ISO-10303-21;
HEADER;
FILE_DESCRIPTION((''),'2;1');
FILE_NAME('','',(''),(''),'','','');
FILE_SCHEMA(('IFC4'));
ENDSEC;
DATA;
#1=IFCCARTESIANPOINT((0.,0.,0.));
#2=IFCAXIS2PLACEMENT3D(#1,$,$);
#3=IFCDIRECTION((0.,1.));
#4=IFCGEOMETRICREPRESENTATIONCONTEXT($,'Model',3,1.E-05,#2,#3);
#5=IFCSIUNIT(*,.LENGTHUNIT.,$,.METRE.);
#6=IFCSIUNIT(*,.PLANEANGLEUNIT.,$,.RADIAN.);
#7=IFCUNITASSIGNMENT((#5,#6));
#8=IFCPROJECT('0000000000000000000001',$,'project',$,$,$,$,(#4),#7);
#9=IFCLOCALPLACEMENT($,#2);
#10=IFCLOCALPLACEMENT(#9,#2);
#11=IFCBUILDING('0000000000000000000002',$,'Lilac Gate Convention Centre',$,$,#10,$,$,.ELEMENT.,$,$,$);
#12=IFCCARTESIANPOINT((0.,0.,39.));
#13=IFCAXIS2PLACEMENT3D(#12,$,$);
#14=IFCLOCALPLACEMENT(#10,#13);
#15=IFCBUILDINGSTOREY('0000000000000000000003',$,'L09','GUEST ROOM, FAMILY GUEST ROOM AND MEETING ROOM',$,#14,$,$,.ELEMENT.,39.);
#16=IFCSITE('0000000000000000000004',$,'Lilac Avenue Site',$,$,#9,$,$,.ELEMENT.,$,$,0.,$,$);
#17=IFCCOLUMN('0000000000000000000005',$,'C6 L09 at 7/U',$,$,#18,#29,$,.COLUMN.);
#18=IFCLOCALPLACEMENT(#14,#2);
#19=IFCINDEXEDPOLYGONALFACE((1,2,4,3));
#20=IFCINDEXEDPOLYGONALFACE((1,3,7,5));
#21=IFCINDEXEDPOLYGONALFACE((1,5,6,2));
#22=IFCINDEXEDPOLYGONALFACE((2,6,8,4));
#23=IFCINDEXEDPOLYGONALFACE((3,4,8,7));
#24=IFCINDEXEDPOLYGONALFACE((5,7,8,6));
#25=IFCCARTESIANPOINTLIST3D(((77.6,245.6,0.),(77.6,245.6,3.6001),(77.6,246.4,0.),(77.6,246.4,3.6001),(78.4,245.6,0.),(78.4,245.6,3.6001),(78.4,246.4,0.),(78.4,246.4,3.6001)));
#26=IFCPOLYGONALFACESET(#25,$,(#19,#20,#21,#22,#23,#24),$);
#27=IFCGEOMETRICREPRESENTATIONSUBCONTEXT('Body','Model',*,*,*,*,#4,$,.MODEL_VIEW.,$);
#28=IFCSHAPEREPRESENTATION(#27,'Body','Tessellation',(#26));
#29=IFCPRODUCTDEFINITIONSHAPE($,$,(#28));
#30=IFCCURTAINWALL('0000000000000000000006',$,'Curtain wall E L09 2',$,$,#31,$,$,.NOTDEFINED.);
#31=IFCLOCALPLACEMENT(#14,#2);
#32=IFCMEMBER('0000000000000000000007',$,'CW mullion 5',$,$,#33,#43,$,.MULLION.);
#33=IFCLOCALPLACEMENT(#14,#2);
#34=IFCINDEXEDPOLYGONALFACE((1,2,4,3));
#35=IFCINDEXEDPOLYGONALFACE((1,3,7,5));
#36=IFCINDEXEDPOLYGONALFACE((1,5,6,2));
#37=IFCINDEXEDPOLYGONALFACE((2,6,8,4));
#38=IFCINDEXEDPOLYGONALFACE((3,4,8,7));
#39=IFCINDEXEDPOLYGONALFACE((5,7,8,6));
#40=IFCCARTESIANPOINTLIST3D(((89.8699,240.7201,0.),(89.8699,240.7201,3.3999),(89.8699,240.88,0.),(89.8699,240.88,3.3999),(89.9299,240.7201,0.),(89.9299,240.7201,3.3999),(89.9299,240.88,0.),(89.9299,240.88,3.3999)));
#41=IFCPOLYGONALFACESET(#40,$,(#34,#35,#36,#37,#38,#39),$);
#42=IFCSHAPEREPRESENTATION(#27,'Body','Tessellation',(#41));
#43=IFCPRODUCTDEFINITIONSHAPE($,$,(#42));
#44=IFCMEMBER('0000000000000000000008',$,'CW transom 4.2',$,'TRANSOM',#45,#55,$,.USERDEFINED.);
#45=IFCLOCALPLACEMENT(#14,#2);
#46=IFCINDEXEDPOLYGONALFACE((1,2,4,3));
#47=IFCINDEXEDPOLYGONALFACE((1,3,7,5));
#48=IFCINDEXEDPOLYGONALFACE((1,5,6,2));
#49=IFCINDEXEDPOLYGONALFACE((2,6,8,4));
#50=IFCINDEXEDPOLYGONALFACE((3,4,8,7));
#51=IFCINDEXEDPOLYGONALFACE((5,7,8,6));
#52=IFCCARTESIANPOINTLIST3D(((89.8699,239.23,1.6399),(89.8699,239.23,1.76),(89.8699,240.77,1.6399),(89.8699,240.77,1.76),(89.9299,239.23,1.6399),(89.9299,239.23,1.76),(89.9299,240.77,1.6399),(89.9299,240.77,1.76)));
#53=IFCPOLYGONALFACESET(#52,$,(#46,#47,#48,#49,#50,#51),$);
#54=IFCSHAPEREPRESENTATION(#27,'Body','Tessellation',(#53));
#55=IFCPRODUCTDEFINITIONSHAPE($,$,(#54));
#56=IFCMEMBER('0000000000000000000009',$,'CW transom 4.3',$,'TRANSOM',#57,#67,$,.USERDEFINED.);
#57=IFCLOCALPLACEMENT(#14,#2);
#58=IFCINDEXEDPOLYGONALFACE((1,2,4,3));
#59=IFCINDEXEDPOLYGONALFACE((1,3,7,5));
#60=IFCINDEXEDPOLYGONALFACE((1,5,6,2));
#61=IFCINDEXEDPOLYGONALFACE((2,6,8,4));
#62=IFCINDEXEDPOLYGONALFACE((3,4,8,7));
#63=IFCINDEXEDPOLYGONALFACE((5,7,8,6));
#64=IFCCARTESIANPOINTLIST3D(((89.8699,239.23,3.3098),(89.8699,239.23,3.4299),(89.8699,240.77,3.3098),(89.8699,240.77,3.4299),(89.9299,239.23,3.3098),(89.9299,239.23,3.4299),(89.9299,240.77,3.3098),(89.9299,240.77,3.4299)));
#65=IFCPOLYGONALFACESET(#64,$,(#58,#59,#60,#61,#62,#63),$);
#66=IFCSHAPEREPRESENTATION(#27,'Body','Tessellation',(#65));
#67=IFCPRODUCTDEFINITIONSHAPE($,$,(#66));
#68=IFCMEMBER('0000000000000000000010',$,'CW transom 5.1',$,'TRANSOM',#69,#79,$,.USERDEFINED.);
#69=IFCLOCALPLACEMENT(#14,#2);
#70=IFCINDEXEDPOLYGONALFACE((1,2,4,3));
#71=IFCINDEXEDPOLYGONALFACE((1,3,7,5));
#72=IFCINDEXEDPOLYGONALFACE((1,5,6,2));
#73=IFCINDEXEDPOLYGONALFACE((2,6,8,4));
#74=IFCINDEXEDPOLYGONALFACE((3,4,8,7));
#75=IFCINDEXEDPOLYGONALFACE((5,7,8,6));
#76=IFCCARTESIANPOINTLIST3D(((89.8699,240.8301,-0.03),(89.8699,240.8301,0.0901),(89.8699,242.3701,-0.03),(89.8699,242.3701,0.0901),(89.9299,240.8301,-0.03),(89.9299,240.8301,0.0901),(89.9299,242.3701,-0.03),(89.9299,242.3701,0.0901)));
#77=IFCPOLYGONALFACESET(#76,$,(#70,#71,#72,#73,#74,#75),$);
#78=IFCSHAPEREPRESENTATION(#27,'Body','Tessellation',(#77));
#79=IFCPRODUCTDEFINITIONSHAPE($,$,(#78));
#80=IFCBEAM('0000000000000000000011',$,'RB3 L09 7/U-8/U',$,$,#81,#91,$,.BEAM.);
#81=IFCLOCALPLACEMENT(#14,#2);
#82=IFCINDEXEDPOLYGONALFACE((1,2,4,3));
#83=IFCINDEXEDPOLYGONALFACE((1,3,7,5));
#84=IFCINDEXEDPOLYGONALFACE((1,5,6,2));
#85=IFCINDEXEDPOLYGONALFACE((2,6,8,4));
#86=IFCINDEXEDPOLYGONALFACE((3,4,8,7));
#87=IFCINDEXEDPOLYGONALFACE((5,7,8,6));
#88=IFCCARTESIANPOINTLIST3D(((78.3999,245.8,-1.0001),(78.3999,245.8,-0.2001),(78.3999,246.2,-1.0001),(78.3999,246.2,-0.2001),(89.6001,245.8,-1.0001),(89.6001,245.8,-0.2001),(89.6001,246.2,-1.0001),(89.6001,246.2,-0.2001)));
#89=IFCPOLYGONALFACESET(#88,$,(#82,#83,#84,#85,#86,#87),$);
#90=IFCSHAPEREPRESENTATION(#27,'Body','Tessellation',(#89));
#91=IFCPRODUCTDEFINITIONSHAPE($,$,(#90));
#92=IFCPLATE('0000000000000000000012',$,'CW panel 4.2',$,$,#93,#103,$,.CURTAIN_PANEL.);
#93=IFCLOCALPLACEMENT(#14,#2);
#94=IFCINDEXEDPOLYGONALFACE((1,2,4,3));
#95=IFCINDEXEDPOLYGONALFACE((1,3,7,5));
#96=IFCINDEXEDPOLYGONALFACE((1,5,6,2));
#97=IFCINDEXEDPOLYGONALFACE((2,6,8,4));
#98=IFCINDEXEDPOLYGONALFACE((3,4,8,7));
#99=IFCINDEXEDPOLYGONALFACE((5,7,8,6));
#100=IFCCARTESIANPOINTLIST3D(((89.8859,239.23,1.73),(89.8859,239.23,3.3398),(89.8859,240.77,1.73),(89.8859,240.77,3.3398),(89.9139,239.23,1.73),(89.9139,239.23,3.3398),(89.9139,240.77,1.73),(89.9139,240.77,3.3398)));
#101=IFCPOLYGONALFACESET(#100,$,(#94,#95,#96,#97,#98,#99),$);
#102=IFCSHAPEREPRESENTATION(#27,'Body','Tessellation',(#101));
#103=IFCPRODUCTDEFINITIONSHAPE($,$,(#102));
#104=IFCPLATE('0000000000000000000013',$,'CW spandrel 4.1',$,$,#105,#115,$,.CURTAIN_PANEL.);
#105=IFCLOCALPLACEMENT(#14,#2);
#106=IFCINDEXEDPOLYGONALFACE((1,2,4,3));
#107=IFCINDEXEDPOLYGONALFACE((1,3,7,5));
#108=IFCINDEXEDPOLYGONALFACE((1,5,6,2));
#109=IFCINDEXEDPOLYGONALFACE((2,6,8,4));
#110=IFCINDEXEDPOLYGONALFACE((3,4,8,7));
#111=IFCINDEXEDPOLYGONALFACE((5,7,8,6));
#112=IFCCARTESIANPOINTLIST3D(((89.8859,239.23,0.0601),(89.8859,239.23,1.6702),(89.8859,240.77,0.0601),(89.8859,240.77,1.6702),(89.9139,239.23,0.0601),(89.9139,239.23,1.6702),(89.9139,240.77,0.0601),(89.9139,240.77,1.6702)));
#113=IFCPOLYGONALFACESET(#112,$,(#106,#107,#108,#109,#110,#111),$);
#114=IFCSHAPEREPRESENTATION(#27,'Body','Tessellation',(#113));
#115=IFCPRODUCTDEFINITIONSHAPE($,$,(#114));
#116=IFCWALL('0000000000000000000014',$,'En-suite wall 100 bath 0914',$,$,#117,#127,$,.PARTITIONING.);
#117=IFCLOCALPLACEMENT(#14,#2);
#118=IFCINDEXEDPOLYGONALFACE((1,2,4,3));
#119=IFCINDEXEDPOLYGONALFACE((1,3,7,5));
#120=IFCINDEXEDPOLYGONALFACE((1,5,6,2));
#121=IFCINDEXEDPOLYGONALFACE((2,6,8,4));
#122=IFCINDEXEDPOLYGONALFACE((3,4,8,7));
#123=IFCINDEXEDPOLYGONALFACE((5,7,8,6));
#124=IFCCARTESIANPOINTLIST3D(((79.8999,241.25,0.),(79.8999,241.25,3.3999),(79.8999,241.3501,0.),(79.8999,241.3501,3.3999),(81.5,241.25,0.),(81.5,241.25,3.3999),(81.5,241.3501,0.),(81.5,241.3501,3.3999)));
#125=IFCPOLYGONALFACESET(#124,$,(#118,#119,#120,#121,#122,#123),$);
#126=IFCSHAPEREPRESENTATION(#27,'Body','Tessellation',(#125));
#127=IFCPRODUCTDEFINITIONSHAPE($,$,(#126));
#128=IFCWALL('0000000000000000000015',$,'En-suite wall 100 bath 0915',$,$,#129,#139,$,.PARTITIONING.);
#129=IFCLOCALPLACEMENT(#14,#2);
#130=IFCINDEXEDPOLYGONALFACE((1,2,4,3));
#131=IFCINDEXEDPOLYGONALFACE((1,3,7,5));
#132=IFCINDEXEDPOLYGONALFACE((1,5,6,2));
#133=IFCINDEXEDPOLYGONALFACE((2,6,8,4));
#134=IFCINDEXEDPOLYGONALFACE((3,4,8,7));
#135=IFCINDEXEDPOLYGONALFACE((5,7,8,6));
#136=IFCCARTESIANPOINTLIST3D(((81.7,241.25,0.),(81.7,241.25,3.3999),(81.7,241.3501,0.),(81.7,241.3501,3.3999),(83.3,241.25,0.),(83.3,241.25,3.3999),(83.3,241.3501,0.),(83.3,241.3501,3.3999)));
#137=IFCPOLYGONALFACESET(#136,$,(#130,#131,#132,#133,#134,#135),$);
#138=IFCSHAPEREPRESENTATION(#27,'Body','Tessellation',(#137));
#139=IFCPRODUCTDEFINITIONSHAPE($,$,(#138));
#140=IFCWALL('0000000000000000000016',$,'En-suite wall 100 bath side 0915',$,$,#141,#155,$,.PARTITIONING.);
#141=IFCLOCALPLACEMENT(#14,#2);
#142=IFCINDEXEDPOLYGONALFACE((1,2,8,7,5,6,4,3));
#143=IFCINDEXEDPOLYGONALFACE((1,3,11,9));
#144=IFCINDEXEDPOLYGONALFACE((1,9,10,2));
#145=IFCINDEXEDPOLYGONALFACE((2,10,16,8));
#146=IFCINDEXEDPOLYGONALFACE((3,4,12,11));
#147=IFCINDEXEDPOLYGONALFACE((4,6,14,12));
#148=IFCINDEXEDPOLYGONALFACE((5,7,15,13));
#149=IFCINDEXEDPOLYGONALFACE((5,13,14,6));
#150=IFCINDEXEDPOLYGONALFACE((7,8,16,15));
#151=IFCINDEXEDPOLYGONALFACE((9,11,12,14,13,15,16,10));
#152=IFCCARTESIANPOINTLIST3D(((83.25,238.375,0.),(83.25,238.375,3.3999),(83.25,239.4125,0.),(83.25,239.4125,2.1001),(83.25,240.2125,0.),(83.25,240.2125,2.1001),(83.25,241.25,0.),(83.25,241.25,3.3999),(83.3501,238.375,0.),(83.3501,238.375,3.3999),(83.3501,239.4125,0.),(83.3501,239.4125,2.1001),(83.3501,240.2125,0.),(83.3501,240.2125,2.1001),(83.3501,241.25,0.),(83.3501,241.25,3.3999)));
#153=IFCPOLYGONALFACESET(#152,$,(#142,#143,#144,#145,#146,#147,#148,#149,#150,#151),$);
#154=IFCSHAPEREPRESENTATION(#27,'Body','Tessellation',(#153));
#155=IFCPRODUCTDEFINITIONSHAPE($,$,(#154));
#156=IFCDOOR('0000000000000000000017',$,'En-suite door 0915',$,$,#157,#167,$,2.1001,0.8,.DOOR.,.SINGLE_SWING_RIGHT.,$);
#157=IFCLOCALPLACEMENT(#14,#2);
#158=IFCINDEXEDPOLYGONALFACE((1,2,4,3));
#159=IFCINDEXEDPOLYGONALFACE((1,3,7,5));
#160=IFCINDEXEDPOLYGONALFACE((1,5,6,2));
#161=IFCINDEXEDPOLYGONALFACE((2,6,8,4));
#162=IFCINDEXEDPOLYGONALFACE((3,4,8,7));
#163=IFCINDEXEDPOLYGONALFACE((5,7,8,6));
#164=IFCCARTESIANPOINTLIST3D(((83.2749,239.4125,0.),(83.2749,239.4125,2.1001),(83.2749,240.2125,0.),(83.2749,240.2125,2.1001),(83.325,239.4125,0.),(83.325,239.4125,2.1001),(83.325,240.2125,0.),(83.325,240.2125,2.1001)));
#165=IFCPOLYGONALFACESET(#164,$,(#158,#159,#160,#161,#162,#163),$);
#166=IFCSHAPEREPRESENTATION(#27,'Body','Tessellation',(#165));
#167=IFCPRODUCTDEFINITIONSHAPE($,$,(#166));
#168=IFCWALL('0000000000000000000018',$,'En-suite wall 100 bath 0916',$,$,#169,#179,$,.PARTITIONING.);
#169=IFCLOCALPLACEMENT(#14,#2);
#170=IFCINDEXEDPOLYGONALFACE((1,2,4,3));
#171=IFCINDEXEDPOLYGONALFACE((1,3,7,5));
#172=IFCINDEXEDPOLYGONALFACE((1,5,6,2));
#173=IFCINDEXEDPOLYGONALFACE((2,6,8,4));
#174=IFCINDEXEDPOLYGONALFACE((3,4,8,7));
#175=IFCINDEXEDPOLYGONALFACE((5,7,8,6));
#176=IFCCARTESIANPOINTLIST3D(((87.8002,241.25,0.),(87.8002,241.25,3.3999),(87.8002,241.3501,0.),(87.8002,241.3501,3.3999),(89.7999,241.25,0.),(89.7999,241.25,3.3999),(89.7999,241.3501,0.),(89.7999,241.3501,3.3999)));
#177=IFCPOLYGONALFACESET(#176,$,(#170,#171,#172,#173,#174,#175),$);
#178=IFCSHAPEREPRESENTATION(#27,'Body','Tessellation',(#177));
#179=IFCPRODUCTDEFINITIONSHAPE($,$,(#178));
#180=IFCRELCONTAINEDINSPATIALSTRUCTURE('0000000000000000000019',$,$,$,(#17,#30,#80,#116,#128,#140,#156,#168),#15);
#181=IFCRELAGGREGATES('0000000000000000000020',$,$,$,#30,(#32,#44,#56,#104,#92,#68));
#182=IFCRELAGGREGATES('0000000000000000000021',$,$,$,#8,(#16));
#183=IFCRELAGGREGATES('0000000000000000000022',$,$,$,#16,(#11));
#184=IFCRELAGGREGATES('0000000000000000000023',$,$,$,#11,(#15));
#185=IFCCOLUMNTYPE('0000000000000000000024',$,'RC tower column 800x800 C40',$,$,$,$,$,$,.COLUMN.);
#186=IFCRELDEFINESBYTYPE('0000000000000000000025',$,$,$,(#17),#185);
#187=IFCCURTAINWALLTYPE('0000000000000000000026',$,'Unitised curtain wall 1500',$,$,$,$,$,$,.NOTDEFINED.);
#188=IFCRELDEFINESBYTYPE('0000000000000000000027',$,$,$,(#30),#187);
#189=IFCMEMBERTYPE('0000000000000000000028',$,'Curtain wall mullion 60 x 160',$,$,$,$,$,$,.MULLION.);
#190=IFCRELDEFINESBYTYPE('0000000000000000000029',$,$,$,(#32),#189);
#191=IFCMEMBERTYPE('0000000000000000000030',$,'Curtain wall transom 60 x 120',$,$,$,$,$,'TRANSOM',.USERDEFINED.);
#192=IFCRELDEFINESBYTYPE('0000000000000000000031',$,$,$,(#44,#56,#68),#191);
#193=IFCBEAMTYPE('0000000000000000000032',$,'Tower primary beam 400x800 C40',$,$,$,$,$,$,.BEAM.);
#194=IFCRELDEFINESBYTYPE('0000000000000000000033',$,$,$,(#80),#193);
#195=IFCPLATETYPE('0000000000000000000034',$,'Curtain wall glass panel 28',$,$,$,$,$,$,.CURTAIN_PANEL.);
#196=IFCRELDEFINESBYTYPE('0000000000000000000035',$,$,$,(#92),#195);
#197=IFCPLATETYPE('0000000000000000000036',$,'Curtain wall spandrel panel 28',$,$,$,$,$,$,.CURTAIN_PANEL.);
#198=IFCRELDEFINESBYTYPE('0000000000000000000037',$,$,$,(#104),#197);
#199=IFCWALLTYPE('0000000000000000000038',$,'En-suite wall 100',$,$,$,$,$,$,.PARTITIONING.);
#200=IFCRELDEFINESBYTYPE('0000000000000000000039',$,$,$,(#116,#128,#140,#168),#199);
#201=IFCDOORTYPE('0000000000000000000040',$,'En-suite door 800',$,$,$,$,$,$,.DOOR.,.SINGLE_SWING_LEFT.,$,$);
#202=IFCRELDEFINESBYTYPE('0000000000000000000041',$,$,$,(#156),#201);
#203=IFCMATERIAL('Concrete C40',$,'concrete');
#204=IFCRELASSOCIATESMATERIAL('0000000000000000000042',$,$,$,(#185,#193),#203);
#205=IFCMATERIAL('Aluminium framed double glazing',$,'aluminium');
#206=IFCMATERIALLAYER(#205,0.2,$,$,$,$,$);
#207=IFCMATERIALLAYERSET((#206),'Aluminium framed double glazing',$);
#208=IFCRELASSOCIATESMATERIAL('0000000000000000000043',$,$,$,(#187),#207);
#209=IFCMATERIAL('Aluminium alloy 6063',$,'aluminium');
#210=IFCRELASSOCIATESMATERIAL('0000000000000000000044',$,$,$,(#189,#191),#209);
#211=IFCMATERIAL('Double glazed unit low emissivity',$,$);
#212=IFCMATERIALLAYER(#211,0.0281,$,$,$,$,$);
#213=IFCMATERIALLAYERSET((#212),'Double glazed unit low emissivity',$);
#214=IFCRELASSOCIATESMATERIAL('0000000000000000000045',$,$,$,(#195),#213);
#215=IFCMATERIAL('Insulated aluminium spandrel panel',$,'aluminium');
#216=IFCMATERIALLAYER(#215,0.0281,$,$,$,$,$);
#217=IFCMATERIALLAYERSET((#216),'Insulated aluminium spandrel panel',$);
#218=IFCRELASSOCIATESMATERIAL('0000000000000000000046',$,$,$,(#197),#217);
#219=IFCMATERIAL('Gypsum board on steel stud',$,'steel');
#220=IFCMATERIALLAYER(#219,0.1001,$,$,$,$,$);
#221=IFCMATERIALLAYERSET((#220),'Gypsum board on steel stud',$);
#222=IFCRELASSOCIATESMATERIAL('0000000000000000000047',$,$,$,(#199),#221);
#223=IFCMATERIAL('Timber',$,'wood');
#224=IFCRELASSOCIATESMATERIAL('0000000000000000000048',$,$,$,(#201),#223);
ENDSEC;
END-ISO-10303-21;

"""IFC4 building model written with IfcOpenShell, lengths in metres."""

from ifc_helpers import new_model, si_unit, direction, frame, frame_2d, origin, origin_2d, place, context, subcontext, project, spatial, rectangle, extrude, material, layer, layer_set, material_profile, profile_set, type_object, element, fill, aggregate, save


model = new_model("IFC4")

# Units and contexts
model_context = context("Model", 3, precision=1e-05, world=origin(), true_north=direction((0.0, 1.0)))
body_context = subcontext(model_context, "Body", "Model", "MODEL_VIEW")
ifc_project = project(units=[si_unit("LENGTHUNIT", "METRE"), si_unit("PLANEANGLEUNIT", "RADIAN")], contexts=[model_context])

# Site, building, storey
site_placement = place(None, origin())
site = spatial("IfcSite", under=ifc_project, at=site_placement, Name="Lilac Avenue Site", CompositionType="ELEMENT", RefElevation=0.0)
building_placement = place(site_placement, origin())
building = spatial("IfcBuilding", under=site, at=building_placement, Name="Lilac Gate Convention Centre", CompositionType="ELEMENT")
storey_placement = place(building_placement, frame((0.0, 0.0, 39.0)))
storey = spatial("IfcBuildingStorey", under=building, at=storey_placement, Name="L09", Description="GUEST ROOM, FAMILY GUEST ROOM AND MEETING ROOM", CompositionType="ELEMENT", Elevation=39.0)

# Column
ifc_material_1 = material(Name="Concrete C40", Category="concrete")
ifc_material_profile_1 = material_profile(ifc_material_1, rectangle(XDim=0.8, YDim=0.8, at=origin_2d()), Name="RC 800x800")
ifc_profile_set_1 = profile_set([ifc_material_profile_1], Name="Concrete C40")
column_type = type_object("IfcColumnType", Name="RC tower column 800x800 C40", PredefinedType="COLUMN", material=ifc_profile_set_1)
column_placement = place(storey_placement, frame((78.0, 246.0, 0.0), z_axis=(0.0, 0.0, 1.0), x_axis=(1.0, 0.0, 0.0)))
element("IfcColumn", 1, at=column_placement, inside=storey, type_object=column_type, Name="C6 L09 at 7/U", PredefinedType="COLUMN", context=body_context, shape_type="SweptSolid", body=[
    extrude(rectangle(XDim=0.8, YDim=0.8, at=origin_2d()), origin(), (0.0, 0.0, 1.0), 3.6001),
])

# Curtain wall, members
ifc_material_2 = material(Name="Aluminium framed double glazing", Category="aluminium")
ifc_layer_1 = layer(ifc_material_2, 0.2)
ifc_layer_set_1 = layer_set([ifc_layer_1], Name="Aluminium framed double glazing")
curtain_wall_type = type_object("IfcCurtainWallType", Name="Unitised curtain wall 1500", PredefinedType="NOTDEFINED", material=ifc_layer_set_1)
curtain_wall_placement = place(storey_placement, origin())
curtain_wall = element("IfcCurtainWall", 2, at=curtain_wall_placement, inside=storey, type_object=curtain_wall_type, Name="Curtain wall E L09 2", PredefinedType="NOTDEFINED")
ifc_material_3 = material(Name="Aluminium alloy 6063", Category="aluminium")
ifc_material_profile_2 = material_profile(ifc_material_3, rectangle(XDim=0.0601, YDim=0.1599, at=origin_2d()), Name="Curtain wall mullion 60 x 160")
ifc_profile_set_2 = profile_set([ifc_material_profile_2], Name="Aluminium alloy 6063")
member_type_1 = type_object("IfcMemberType", Name="Curtain wall mullion 60 x 160", PredefinedType="MULLION", material=ifc_profile_set_2)
member_1_placement = place(storey_placement, frame((89.8999, 240.8, 0.0), z_axis=(0.0, 0.0, 1.0), x_axis=(-1.0, 0.0, 0.0)))
member_1 = element("IfcMember", 3, at=member_1_placement, type_object=member_type_1, Name="CW mullion 5", PredefinedType="MULLION", context=body_context, shape_type="SweptSolid", body=[
    extrude(rectangle(XDim=0.0601, YDim=0.1599, at=origin_2d()), origin(), (0.0, 0.0, 1.0), 3.3999),
])
ifc_material_profile_3 = material_profile(ifc_material_3, rectangle(XDim=0.0601, YDim=0.1201, at=origin_2d()), Name="Curtain wall transom 60 x 120")
ifc_profile_set_3 = profile_set([ifc_material_profile_3], Name="Aluminium alloy 6063")
member_type_2 = type_object("IfcMemberType", Name="Curtain wall transom 60 x 120", ElementType="TRANSOM", PredefinedType="USERDEFINED", material=ifc_profile_set_3)
member_2_placement = place(storey_placement, frame((89.8999, 239.23, 1.7), z_axis=(0.0, 1.0, 0.0), x_axis=(-1.0, 0.0, 0.0)))
member_2 = element("IfcMember", 4, at=member_2_placement, type_object=member_type_2, Name="CW transom 4.2", ObjectType="TRANSOM", PredefinedType="USERDEFINED", context=body_context, shape_type="SweptSolid", body=[
    extrude(rectangle(XDim=0.0601, YDim=0.1201, at=origin_2d()), origin(), (0.0, 0.0, 1.0), 1.54),
])
member_3_placement = place(storey_placement, frame((89.8999, 239.23, 3.3699), z_axis=(0.0, 1.0, 0.0), x_axis=(-1.0, 0.0, 0.0)))
member_3 = element("IfcMember", 5, at=member_3_placement, type_object=member_type_2, Name="CW transom 4.3", ObjectType="TRANSOM", PredefinedType="USERDEFINED", context=body_context, shape_type="SweptSolid", body=[
    extrude(rectangle(XDim=0.0601, YDim=0.1201, at=origin_2d()), origin(), (0.0, 0.0, 1.0), 1.54),
])
member_4_placement = place(storey_placement, frame((89.8999, 240.8301, 0.03), z_axis=(0.0, 1.0, 0.0), x_axis=(-1.0, 0.0, 0.0)))
member_4 = element("IfcMember", 6, at=member_4_placement, type_object=member_type_2, Name="CW transom 5.1", ObjectType="TRANSOM", PredefinedType="USERDEFINED", context=body_context, shape_type="SweptSolid", body=[
    extrude(rectangle(XDim=0.0601, YDim=0.1201, at=origin_2d()), origin(), (0.0, 0.0, 1.0), 1.54),
])

# Beam
ifc_material_profile_4 = material_profile(ifc_material_1, rectangle(XDim=0.3999, YDim=0.8, at=origin_2d()), Name="RC 400x800")
ifc_profile_set_4 = profile_set([ifc_material_profile_4], Name="Concrete C40")
beam_type = type_object("IfcBeamType", Name="Tower primary beam 400x800 C40", PredefinedType="BEAM", material=ifc_profile_set_4)
beam_placement = place(storey_placement, frame((78.3999, 246.0, -0.6001), z_axis=(1.0, 0.0, 0.0), x_axis=(0.0, 1.0, 0.0)))
element("IfcBeam", 7, at=beam_placement, inside=storey, type_object=beam_type, Name="RB3 L09 7/U-8/U", PredefinedType="BEAM", context=body_context, shape_type="SweptSolid", body=[
    extrude(rectangle(XDim=0.3999, YDim=0.8, at=origin_2d()), origin(), (0.0, 0.0, 1.0), 11.2002),
])

# Plates
ifc_material_4 = material(Name="Double glazed unit low emissivity")
ifc_layer_2 = layer(ifc_material_4, 0.0281)
ifc_layer_set_2 = layer_set([ifc_layer_2], Name="Double glazed unit low emissivity")
plate_type_1 = type_object("IfcPlateType", Name="Curtain wall glass panel 28", PredefinedType="CURTAIN_PANEL", material=ifc_layer_set_2)
plate_1_placement = place(storey_placement, frame((89.8999, 240.0, 1.73), z_axis=(0.0, 0.0, 1.0), x_axis=(0.0, 1.0, 0.0)))
plate_1 = element("IfcPlate", 8, at=plate_1_placement, type_object=plate_type_1, Name="CW panel 4.2", PredefinedType="CURTAIN_PANEL", context=body_context, shape_type="SweptSolid", body=[
    extrude(rectangle(XDim=1.54, YDim=0.0281, at=origin_2d()), origin(), (0.0, 0.0, 1.0), 1.6099),
])
ifc_material_5 = material(Name="Insulated aluminium spandrel panel", Category="aluminium")
ifc_layer_3 = layer(ifc_material_5, 0.0281)
ifc_layer_set_3 = layer_set([ifc_layer_3], Name="Insulated aluminium spandrel panel")
plate_type_2 = type_object("IfcPlateType", Name="Curtain wall spandrel panel 28", PredefinedType="CURTAIN_PANEL", material=ifc_layer_set_3)
plate_2_placement = place(storey_placement, frame((89.8999, 240.0, 0.0601), z_axis=(0.0, 0.0, 1.0), x_axis=(0.0, 1.0, 0.0)))
plate_2 = element("IfcPlate", 9, at=plate_2_placement, type_object=plate_type_2, Name="CW spandrel 4.1", PredefinedType="CURTAIN_PANEL", context=body_context, shape_type="SweptSolid", body=[
    extrude(rectangle(XDim=1.54, YDim=0.0281, at=origin_2d()), origin(), (0.0, 0.0, 1.0), 1.6101),
])
aggregate(curtain_wall, [member_1, member_2, member_3, plate_2, plate_1, member_4])

# Walls
ifc_material_6 = material(Name="Gypsum board on steel stud", Category="steel")
ifc_layer_4 = layer(ifc_material_6, 0.1001)
ifc_layer_set_4 = layer_set([ifc_layer_4], Name="Gypsum board on steel stud")
wall_type_1 = type_object("IfcWallType", Name="En-suite wall 100", PredefinedType="PARTITIONING", material=ifc_layer_set_4)
for number, where, z_axis, x_axis, name in (
    (10, (79.8999, 241.3, 0.0), (0.0, 0.0, 1.0), (1.0, 0.0, 0.0), "En-suite wall 100 bath 0914"),
    (11, (81.7, 241.3, 0.0), (0.0, 0.0, 1.0), (1.0, 0.0, 0.0), "En-suite wall 100 bath 0915"),
):
    element("IfcWall", number, at=place(storey_placement, frame(where, z_axis=z_axis, x_axis=x_axis)), inside=storey, type_object=wall_type_1, Name=name, PredefinedType="PARTITIONING", context=body_context, shape_type="SweptSolid", body=[
        extrude(rectangle(XDim=1.6001, YDim=0.1001, at=frame_2d((0.8, 0.0))), origin(), (0.0, 0.0, 1.0), 3.3999),
    ])

# Wall, opening, door
wall_1_placement = place(storey_placement, frame((83.3, 241.25, 0.0), z_axis=(0.0, 0.0, 1.0), x_axis=(0.0, -1.0, 0.0)))
wall_1 = element("IfcWall", 12, at=wall_1_placement, inside=storey, type_object=wall_type_1, Name="En-suite wall 100 bath side 0915", PredefinedType="PARTITIONING", context=body_context, shape_type="SweptSolid", body=[
    extrude(rectangle(XDim=2.875, YDim=0.1001, at=frame_2d((1.4375, 0.0))), origin(), (0.0, 0.0, 1.0), 3.3999),
])
opening_1_placement = place(wall_1_placement, frame((1.0376, 0.0, 0.0)))
opening_1 = element("IfcOpeningElement", 13, at=opening_1_placement, cuts=wall_1, PredefinedType="OPENING", context=body_context, shape_type="SweptSolid", body=[
    extrude(rectangle(XDim=0.8, YDim=2.1001, at=frame_2d((0.3999, 1.05))), frame((0.0, 0.0601, 0.0), z_axis=(0.0, -1.0, 0.0), x_axis=(1.0, 0.0, 0.0)), (0.0, 0.0, 1.0), 0.1201),
])
ifc_material_7 = material(Name="Timber", Category="wood")
door_type = type_object("IfcDoorType", Name="En-suite door 800", OperationType="SINGLE_SWING_LEFT", PredefinedType="DOOR", material=ifc_material_7)
door_placement = place(opening_1_placement, origin())
door = element("IfcDoor", 14, at=door_placement, inside=storey, type_object=door_type, Name="En-suite door 0915", OperationType="SINGLE_SWING_RIGHT", OverallHeight=2.1001, OverallWidth=0.8, PredefinedType="DOOR", context=body_context, shape_type="SweptSolid", body=[
    extrude(rectangle(XDim=0.8, YDim=2.1001, at=frame_2d((0.3999, 1.05))), frame((0.0, 0.0249, 0.0), z_axis=(0.0, -1.0, 0.0), x_axis=(1.0, 0.0, 0.0)), (0.0, 0.0, 1.0), 0.05),
])
fill(opening_1, door)

# Wall
wall_2_placement = place(storey_placement, frame((87.8, 241.3, 0.0), z_axis=(0.0, 0.0, 1.0), x_axis=(1.0, 0.0, 0.0)))
element("IfcWall", 15, at=wall_2_placement, inside=storey, type_object=wall_type_1, Name="En-suite wall 100 bath 0916", PredefinedType="PARTITIONING", context=body_context, shape_type="SweptSolid", body=[
    extrude(rectangle(XDim=1.9998, YDim=0.1001, at=frame_2d((1.0, 0.0))), origin(), (0.0, 0.0, 1.0), 3.3999),
])

save(model, "model.ifc")
